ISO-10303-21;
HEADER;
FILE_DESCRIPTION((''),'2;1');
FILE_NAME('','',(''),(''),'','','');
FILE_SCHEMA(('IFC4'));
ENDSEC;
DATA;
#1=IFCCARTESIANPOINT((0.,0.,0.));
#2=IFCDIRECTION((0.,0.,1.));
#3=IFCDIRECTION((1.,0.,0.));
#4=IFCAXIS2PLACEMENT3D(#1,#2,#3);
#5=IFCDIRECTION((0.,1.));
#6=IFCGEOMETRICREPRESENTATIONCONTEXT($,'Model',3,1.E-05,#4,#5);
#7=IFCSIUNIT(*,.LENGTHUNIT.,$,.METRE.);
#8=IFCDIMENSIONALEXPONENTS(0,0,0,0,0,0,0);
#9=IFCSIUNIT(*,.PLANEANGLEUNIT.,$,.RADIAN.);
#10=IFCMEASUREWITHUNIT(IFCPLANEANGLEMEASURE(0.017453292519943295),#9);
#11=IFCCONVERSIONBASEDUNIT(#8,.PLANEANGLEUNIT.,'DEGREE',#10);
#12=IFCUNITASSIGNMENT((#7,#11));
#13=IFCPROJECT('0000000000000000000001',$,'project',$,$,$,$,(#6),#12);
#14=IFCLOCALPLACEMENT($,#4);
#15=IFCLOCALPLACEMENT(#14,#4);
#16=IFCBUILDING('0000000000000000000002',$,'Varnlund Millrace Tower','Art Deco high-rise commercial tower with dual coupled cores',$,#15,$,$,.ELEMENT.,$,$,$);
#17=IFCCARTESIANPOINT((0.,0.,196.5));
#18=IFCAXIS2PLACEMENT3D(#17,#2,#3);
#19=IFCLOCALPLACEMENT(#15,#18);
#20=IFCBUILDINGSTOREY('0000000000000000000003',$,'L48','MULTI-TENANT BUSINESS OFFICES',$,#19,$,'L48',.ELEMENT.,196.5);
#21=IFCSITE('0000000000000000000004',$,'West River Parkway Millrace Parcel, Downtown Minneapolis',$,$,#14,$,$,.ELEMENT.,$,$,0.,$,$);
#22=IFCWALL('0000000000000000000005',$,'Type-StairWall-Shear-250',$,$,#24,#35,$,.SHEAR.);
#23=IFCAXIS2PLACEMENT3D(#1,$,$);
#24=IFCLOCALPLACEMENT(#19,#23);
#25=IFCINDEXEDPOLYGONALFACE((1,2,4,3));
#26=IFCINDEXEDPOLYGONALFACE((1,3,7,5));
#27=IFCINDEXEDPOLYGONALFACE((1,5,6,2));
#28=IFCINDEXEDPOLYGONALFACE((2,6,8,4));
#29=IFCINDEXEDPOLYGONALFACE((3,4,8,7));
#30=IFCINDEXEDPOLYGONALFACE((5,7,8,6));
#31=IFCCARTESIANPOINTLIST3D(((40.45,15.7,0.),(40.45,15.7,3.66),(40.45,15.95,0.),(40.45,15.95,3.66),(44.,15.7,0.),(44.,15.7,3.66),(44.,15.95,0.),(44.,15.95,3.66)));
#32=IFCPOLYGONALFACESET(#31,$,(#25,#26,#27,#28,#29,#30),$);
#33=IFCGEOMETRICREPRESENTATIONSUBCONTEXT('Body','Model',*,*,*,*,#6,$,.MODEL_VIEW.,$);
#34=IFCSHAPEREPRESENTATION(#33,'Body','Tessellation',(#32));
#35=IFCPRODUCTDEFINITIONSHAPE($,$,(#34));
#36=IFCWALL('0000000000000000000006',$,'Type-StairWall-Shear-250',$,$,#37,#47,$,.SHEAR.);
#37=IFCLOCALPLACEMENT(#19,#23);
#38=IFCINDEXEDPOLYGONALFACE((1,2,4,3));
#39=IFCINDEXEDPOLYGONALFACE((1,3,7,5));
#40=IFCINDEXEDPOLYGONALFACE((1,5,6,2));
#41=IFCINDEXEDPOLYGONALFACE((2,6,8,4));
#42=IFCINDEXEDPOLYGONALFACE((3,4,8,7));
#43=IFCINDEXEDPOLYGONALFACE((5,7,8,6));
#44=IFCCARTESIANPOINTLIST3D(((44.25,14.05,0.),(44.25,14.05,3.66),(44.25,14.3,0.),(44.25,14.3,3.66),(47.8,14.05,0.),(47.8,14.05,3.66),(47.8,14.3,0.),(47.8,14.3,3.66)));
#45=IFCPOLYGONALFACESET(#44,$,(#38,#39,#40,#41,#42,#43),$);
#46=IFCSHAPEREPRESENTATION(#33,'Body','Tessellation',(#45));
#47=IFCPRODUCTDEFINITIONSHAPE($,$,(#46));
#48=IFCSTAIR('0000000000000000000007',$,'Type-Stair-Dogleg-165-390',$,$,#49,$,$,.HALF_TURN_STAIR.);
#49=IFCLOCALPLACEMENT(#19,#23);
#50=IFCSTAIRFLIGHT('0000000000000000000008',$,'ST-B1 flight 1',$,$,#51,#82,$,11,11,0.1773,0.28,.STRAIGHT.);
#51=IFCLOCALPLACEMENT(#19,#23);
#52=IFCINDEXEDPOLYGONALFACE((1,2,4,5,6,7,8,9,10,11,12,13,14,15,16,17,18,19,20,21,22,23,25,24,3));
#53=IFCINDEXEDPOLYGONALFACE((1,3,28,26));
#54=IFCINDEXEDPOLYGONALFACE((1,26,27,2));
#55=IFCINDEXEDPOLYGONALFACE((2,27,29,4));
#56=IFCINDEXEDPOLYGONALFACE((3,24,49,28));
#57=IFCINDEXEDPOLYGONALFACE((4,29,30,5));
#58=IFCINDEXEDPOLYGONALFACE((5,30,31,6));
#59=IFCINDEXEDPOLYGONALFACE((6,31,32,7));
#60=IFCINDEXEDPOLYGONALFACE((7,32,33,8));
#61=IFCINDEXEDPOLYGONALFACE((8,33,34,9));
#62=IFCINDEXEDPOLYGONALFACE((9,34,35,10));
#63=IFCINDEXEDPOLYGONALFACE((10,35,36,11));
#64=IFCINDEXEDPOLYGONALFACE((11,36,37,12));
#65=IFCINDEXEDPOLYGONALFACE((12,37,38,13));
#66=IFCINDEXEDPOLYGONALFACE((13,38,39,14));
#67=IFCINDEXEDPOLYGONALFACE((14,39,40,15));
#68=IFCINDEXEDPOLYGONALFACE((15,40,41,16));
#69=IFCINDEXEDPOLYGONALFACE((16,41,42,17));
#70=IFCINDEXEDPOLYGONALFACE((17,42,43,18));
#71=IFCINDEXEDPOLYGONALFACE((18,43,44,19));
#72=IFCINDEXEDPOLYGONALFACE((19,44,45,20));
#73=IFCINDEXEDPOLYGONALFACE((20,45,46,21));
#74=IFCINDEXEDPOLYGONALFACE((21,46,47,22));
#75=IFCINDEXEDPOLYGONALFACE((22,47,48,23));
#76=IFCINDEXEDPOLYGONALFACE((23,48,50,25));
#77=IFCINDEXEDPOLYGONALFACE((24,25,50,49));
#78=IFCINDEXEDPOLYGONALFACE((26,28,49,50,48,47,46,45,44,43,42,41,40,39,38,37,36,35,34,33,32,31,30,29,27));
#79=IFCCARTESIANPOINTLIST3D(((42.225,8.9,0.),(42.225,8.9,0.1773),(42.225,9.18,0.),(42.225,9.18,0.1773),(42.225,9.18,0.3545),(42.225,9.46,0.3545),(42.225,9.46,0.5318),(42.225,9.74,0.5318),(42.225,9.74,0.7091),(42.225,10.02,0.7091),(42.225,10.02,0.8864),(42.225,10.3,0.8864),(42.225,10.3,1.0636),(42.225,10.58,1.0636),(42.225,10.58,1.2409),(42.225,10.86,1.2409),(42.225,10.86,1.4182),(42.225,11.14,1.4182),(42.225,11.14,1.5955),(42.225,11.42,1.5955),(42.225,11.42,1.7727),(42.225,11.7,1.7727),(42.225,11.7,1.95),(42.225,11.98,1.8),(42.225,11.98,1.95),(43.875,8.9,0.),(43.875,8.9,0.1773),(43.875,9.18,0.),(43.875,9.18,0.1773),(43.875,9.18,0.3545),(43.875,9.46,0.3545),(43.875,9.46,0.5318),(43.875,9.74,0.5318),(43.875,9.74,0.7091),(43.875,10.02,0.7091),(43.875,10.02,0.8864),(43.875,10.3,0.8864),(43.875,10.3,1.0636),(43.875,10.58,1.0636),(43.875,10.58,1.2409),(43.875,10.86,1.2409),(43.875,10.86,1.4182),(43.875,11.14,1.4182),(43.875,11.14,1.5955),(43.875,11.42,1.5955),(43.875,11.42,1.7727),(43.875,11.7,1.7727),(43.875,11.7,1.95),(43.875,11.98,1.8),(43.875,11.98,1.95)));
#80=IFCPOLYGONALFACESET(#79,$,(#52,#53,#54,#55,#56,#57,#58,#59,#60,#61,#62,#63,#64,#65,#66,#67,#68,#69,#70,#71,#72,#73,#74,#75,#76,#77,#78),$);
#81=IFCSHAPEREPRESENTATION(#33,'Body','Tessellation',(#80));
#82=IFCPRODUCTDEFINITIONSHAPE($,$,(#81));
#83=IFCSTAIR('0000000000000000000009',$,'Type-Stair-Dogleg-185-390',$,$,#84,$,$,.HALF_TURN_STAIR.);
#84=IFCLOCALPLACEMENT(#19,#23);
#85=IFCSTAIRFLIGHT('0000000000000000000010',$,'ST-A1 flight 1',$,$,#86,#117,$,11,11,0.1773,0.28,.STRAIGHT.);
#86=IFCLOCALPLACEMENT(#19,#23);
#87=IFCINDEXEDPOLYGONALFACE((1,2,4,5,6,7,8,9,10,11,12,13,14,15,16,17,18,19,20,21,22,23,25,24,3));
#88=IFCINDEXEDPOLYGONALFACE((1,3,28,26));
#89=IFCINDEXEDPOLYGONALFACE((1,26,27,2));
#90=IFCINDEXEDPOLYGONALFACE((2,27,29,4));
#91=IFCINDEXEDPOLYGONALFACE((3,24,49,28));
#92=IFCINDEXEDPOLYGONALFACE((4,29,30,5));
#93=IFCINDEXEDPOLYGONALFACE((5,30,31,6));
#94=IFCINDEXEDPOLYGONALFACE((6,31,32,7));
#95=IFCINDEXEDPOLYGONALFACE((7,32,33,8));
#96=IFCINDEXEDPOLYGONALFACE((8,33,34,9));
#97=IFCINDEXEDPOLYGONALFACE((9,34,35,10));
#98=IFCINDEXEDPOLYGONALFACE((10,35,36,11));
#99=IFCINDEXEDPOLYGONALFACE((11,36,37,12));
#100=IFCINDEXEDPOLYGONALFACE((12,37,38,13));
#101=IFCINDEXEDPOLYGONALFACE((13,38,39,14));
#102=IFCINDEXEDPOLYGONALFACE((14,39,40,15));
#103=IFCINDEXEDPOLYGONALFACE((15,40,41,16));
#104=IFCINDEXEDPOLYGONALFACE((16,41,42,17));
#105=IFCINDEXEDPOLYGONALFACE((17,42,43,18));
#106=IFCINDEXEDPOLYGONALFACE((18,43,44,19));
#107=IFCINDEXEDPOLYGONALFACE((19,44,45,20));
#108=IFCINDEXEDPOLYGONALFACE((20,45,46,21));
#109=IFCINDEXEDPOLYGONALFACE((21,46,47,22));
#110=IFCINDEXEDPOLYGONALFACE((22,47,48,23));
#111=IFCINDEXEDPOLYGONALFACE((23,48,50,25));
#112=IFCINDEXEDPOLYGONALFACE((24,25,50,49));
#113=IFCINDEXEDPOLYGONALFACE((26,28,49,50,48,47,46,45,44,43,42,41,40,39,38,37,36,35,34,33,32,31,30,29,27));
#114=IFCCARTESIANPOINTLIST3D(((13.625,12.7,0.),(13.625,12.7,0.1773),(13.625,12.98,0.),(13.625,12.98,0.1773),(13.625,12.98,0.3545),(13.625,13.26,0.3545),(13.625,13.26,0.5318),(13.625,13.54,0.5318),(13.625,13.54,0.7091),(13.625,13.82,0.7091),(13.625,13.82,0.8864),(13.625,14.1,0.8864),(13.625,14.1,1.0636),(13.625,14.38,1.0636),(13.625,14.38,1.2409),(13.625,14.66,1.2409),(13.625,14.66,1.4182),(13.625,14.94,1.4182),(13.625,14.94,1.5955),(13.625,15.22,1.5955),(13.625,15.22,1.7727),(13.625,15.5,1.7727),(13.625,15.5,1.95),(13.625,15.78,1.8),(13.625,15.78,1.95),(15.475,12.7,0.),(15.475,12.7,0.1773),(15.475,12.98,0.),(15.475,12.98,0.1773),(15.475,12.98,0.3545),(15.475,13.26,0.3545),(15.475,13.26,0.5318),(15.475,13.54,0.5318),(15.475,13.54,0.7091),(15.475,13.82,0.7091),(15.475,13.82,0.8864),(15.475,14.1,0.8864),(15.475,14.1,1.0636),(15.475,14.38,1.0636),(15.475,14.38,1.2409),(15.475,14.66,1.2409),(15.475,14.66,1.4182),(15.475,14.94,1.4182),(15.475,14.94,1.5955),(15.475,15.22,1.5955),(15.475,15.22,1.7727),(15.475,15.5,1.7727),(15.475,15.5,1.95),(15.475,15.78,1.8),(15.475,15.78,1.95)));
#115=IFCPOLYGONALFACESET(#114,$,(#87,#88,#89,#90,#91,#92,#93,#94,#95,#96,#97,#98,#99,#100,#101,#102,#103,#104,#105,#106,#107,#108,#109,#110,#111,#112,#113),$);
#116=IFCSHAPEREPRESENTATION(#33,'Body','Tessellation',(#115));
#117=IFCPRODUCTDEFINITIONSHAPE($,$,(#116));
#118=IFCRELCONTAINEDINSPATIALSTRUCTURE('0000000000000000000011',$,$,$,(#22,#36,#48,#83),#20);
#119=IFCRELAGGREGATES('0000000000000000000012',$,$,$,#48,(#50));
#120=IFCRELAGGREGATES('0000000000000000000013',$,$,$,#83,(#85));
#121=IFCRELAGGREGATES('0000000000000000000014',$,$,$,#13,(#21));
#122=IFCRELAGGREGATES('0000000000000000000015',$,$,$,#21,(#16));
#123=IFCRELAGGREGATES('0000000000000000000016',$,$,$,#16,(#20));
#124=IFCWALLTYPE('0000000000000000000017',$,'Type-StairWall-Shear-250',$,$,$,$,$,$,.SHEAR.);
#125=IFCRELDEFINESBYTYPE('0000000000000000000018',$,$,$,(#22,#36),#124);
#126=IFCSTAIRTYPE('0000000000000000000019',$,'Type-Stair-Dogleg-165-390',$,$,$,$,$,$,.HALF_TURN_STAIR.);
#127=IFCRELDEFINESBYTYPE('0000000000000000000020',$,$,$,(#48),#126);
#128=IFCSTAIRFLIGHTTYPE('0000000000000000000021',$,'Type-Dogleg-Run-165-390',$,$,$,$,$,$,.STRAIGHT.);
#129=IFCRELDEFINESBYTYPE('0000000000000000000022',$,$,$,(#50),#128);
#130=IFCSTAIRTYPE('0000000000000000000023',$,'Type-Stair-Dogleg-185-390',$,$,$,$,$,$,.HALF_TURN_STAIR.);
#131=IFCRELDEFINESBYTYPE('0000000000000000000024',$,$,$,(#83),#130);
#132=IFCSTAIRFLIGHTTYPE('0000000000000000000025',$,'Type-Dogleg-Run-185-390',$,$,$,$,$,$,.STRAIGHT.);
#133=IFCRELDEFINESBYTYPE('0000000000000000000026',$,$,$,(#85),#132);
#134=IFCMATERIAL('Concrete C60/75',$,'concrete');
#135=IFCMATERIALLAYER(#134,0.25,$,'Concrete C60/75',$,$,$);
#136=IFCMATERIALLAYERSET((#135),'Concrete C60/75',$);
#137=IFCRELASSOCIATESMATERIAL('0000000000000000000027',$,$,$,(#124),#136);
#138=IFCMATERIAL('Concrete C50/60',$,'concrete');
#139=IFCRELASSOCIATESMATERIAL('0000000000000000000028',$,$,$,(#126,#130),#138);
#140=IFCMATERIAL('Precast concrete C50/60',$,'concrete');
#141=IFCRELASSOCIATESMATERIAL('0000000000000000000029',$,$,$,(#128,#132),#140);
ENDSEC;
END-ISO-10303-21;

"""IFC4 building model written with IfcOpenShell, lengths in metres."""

from ifc_helpers import new_model, entity, si_unit, converted_unit, direction, frame, origin_with_axes, place, context, subcontext, project, spatial, polyline, outline, extrude, material, layer, layer_set, type_object, element, aggregate, save


model = new_model("IFC4")

# Units and contexts
model_context = context("Model", 3, precision=1e-05, world=origin_with_axes(), true_north=direction((0.0, 1.0)))
body_context = subcontext(model_context, "Body", "Model", "MODEL_VIEW")
ifc_project = project(units=[si_unit("LENGTHUNIT", "METRE"), converted_unit("PLANEANGLEUNIT", "DEGREE", entity("IfcPlaneAngleMeasure", 0.017453292519943295), si_unit("PLANEANGLEUNIT", "RADIAN"), dimensions=[0, 0, 0, 0, 0, 0, 0])], contexts=[model_context])

# Site, building, storey
site_placement = place(None, origin_with_axes())
site = spatial("IfcSite", under=ifc_project, at=site_placement, Name="West River Parkway Millrace Parcel, Downtown Minneapolis", CompositionType="ELEMENT", RefElevation=0.0)
building_placement = place(site_placement, origin_with_axes())
building = spatial("IfcBuilding", under=site, at=building_placement, Name="Varnlund Millrace Tower", Description="Art Deco high-rise commercial tower with dual coupled cores", CompositionType="ELEMENT")
storey_placement = place(building_placement, frame((0.0, 0.0, 196.5), z_axis=(0.0, 0.0, 1.0), x_axis=(1.0, 0.0, 0.0)))
storey = spatial("IfcBuildingStorey", under=building, at=storey_placement, Name="L48", Description="MULTI-TENANT BUSINESS OFFICES", LongName="L48", CompositionType="ELEMENT", Elevation=196.5)

# Shared definitions
ifc_material_1 = material(Name="Concrete C60/75", Category="concrete")
ifc_layer_1 = layer(ifc_material_1, 0.25, Name="Concrete C60/75")
ifc_layer_set_1 = layer_set([ifc_layer_1], Name="Concrete C60/75")

# Walls
wall_type_1 = type_object("IfcWallType", Name="Type-StairWall-Shear-250", PredefinedType="SHEAR", material=ifc_layer_set_1)
for number, where, z_axis, x_axis, name in (
    (1, (40.45, 15.825, 0.0), (0.0, 0.0, 1.0), (1.0, 0.0, 0.0), "Type-StairWall-Shear-250"),
    (2, (44.25, 14.175, 0.0), (0.0, 0.0, 1.0), (1.0, 0.0, 0.0), "Type-StairWall-Shear-250"),
):
    element("IfcWall", number, at=place(storey_placement, frame(where, z_axis=z_axis, x_axis=x_axis)), inside=storey, type_object=wall_type_1, Name=name, PredefinedType="SHEAR", context=body_context, shape_type="SweptSolid", body=[
        extrude(outline(polyline([(0.0, -0.125), (3.55, -0.125), (3.55, 0.125), (0.0, 0.125), (0.0, -0.125)])), origin_with_axes(), (0.0, 0.0, 1.0), 3.66),
    ])

# Stairs, stair flights
ifc_material_2 = material(Name="Concrete C50/60", Category="concrete")
stair_type_1 = type_object("IfcStairType", Name="Type-Stair-Dogleg-165-390", PredefinedType="HALF_TURN_STAIR", material=ifc_material_2)
stair_1_placement = place(storey_placement, origin_with_axes())
stair_1 = element("IfcStair", 3, at=stair_1_placement, inside=storey, type_object=stair_type_1, Name="Type-Stair-Dogleg-165-390", PredefinedType="HALF_TURN_STAIR")
ifc_material_3 = material(Name="Precast concrete C50/60", Category="concrete")
stair_flight_type_1 = type_object("IfcStairFlightType", Name="Type-Dogleg-Run-165-390", PredefinedType="STRAIGHT", material=ifc_material_3)
stair_flight_1_placement = place(storey_placement, frame((42.225, 8.9, 0.0), z_axis=(1.0, 0.0, 0.0), x_axis=(0.0, 1.0, 0.0)))
stair_flight_1 = element("IfcStairFlight", 4, at=stair_flight_1_placement, type_object=stair_flight_type_1, Name="ST-B1 flight 1", NumberOfRisers=11, NumberOfTreads=11, PredefinedType="STRAIGHT", RiserHeight=0.1773, TreadLength=0.28, context=body_context, shape_type="SweptSolid", body=[
    extrude(outline(polyline([(0.0, 0.0), (0.0, 0.1773), (0.28, 0.1773), (0.28, 0.3545), (0.56, 0.3545), (0.56, 0.5318), (0.84, 0.5318), (0.84, 0.7091), (1.12, 0.7091), (1.12, 0.8864), (1.4, 0.8864), (1.4, 1.0636), (1.68, 1.0636), (1.68, 1.2409), (1.96, 1.2409), (1.96, 1.4182), (2.24, 1.4182), (2.24, 1.5955), (2.52, 1.5955), (2.52, 1.7727), (2.8, 1.7727), (2.8, 1.95), (3.08, 1.95), (3.08, 1.8), (0.28, 0.0), (0.0, 0.0)])), origin_with_axes(), (0.0, 0.0, 1.0), 1.65),
])
aggregate(stair_1, [stair_flight_1])
stair_type_2 = type_object("IfcStairType", Name="Type-Stair-Dogleg-185-390", PredefinedType="HALF_TURN_STAIR", material=ifc_material_2)
stair_2_placement = place(storey_placement, origin_with_axes())
stair_2 = element("IfcStair", 5, at=stair_2_placement, inside=storey, type_object=stair_type_2, Name="Type-Stair-Dogleg-185-390", PredefinedType="HALF_TURN_STAIR")
stair_flight_type_2 = type_object("IfcStairFlightType", Name="Type-Dogleg-Run-185-390", PredefinedType="STRAIGHT", material=ifc_material_3)
stair_flight_2_placement = place(storey_placement, frame((13.625, 12.7, 0.0), z_axis=(1.0, 0.0, 0.0), x_axis=(0.0, 1.0, 0.0)))
stair_flight_2 = element("IfcStairFlight", 6, at=stair_flight_2_placement, type_object=stair_flight_type_2, Name="ST-A1 flight 1", NumberOfRisers=11, NumberOfTreads=11, PredefinedType="STRAIGHT", RiserHeight=0.1773, TreadLength=0.28, context=body_context, shape_type="SweptSolid", body=[
    extrude(outline(polyline([(0.0, 0.0), (0.0, 0.1773), (0.28, 0.1773), (0.28, 0.3545), (0.56, 0.3545), (0.56, 0.5318), (0.84, 0.5318), (0.84, 0.7091), (1.12, 0.7091), (1.12, 0.8864), (1.4, 0.8864), (1.4, 1.0636), (1.68, 1.0636), (1.68, 1.2409), (1.96, 1.2409), (1.96, 1.4182), (2.24, 1.4182), (2.24, 1.5955), (2.52, 1.5955), (2.52, 1.7727), (2.8, 1.7727), (2.8, 1.95), (3.08, 1.95), (3.08, 1.8), (0.28, 0.0), (0.0, 0.0)])), origin_with_axes(), (0.0, 0.0, 1.0), 1.85),
])
aggregate(stair_2, [stair_flight_2])

save(model, "model.ifc")
